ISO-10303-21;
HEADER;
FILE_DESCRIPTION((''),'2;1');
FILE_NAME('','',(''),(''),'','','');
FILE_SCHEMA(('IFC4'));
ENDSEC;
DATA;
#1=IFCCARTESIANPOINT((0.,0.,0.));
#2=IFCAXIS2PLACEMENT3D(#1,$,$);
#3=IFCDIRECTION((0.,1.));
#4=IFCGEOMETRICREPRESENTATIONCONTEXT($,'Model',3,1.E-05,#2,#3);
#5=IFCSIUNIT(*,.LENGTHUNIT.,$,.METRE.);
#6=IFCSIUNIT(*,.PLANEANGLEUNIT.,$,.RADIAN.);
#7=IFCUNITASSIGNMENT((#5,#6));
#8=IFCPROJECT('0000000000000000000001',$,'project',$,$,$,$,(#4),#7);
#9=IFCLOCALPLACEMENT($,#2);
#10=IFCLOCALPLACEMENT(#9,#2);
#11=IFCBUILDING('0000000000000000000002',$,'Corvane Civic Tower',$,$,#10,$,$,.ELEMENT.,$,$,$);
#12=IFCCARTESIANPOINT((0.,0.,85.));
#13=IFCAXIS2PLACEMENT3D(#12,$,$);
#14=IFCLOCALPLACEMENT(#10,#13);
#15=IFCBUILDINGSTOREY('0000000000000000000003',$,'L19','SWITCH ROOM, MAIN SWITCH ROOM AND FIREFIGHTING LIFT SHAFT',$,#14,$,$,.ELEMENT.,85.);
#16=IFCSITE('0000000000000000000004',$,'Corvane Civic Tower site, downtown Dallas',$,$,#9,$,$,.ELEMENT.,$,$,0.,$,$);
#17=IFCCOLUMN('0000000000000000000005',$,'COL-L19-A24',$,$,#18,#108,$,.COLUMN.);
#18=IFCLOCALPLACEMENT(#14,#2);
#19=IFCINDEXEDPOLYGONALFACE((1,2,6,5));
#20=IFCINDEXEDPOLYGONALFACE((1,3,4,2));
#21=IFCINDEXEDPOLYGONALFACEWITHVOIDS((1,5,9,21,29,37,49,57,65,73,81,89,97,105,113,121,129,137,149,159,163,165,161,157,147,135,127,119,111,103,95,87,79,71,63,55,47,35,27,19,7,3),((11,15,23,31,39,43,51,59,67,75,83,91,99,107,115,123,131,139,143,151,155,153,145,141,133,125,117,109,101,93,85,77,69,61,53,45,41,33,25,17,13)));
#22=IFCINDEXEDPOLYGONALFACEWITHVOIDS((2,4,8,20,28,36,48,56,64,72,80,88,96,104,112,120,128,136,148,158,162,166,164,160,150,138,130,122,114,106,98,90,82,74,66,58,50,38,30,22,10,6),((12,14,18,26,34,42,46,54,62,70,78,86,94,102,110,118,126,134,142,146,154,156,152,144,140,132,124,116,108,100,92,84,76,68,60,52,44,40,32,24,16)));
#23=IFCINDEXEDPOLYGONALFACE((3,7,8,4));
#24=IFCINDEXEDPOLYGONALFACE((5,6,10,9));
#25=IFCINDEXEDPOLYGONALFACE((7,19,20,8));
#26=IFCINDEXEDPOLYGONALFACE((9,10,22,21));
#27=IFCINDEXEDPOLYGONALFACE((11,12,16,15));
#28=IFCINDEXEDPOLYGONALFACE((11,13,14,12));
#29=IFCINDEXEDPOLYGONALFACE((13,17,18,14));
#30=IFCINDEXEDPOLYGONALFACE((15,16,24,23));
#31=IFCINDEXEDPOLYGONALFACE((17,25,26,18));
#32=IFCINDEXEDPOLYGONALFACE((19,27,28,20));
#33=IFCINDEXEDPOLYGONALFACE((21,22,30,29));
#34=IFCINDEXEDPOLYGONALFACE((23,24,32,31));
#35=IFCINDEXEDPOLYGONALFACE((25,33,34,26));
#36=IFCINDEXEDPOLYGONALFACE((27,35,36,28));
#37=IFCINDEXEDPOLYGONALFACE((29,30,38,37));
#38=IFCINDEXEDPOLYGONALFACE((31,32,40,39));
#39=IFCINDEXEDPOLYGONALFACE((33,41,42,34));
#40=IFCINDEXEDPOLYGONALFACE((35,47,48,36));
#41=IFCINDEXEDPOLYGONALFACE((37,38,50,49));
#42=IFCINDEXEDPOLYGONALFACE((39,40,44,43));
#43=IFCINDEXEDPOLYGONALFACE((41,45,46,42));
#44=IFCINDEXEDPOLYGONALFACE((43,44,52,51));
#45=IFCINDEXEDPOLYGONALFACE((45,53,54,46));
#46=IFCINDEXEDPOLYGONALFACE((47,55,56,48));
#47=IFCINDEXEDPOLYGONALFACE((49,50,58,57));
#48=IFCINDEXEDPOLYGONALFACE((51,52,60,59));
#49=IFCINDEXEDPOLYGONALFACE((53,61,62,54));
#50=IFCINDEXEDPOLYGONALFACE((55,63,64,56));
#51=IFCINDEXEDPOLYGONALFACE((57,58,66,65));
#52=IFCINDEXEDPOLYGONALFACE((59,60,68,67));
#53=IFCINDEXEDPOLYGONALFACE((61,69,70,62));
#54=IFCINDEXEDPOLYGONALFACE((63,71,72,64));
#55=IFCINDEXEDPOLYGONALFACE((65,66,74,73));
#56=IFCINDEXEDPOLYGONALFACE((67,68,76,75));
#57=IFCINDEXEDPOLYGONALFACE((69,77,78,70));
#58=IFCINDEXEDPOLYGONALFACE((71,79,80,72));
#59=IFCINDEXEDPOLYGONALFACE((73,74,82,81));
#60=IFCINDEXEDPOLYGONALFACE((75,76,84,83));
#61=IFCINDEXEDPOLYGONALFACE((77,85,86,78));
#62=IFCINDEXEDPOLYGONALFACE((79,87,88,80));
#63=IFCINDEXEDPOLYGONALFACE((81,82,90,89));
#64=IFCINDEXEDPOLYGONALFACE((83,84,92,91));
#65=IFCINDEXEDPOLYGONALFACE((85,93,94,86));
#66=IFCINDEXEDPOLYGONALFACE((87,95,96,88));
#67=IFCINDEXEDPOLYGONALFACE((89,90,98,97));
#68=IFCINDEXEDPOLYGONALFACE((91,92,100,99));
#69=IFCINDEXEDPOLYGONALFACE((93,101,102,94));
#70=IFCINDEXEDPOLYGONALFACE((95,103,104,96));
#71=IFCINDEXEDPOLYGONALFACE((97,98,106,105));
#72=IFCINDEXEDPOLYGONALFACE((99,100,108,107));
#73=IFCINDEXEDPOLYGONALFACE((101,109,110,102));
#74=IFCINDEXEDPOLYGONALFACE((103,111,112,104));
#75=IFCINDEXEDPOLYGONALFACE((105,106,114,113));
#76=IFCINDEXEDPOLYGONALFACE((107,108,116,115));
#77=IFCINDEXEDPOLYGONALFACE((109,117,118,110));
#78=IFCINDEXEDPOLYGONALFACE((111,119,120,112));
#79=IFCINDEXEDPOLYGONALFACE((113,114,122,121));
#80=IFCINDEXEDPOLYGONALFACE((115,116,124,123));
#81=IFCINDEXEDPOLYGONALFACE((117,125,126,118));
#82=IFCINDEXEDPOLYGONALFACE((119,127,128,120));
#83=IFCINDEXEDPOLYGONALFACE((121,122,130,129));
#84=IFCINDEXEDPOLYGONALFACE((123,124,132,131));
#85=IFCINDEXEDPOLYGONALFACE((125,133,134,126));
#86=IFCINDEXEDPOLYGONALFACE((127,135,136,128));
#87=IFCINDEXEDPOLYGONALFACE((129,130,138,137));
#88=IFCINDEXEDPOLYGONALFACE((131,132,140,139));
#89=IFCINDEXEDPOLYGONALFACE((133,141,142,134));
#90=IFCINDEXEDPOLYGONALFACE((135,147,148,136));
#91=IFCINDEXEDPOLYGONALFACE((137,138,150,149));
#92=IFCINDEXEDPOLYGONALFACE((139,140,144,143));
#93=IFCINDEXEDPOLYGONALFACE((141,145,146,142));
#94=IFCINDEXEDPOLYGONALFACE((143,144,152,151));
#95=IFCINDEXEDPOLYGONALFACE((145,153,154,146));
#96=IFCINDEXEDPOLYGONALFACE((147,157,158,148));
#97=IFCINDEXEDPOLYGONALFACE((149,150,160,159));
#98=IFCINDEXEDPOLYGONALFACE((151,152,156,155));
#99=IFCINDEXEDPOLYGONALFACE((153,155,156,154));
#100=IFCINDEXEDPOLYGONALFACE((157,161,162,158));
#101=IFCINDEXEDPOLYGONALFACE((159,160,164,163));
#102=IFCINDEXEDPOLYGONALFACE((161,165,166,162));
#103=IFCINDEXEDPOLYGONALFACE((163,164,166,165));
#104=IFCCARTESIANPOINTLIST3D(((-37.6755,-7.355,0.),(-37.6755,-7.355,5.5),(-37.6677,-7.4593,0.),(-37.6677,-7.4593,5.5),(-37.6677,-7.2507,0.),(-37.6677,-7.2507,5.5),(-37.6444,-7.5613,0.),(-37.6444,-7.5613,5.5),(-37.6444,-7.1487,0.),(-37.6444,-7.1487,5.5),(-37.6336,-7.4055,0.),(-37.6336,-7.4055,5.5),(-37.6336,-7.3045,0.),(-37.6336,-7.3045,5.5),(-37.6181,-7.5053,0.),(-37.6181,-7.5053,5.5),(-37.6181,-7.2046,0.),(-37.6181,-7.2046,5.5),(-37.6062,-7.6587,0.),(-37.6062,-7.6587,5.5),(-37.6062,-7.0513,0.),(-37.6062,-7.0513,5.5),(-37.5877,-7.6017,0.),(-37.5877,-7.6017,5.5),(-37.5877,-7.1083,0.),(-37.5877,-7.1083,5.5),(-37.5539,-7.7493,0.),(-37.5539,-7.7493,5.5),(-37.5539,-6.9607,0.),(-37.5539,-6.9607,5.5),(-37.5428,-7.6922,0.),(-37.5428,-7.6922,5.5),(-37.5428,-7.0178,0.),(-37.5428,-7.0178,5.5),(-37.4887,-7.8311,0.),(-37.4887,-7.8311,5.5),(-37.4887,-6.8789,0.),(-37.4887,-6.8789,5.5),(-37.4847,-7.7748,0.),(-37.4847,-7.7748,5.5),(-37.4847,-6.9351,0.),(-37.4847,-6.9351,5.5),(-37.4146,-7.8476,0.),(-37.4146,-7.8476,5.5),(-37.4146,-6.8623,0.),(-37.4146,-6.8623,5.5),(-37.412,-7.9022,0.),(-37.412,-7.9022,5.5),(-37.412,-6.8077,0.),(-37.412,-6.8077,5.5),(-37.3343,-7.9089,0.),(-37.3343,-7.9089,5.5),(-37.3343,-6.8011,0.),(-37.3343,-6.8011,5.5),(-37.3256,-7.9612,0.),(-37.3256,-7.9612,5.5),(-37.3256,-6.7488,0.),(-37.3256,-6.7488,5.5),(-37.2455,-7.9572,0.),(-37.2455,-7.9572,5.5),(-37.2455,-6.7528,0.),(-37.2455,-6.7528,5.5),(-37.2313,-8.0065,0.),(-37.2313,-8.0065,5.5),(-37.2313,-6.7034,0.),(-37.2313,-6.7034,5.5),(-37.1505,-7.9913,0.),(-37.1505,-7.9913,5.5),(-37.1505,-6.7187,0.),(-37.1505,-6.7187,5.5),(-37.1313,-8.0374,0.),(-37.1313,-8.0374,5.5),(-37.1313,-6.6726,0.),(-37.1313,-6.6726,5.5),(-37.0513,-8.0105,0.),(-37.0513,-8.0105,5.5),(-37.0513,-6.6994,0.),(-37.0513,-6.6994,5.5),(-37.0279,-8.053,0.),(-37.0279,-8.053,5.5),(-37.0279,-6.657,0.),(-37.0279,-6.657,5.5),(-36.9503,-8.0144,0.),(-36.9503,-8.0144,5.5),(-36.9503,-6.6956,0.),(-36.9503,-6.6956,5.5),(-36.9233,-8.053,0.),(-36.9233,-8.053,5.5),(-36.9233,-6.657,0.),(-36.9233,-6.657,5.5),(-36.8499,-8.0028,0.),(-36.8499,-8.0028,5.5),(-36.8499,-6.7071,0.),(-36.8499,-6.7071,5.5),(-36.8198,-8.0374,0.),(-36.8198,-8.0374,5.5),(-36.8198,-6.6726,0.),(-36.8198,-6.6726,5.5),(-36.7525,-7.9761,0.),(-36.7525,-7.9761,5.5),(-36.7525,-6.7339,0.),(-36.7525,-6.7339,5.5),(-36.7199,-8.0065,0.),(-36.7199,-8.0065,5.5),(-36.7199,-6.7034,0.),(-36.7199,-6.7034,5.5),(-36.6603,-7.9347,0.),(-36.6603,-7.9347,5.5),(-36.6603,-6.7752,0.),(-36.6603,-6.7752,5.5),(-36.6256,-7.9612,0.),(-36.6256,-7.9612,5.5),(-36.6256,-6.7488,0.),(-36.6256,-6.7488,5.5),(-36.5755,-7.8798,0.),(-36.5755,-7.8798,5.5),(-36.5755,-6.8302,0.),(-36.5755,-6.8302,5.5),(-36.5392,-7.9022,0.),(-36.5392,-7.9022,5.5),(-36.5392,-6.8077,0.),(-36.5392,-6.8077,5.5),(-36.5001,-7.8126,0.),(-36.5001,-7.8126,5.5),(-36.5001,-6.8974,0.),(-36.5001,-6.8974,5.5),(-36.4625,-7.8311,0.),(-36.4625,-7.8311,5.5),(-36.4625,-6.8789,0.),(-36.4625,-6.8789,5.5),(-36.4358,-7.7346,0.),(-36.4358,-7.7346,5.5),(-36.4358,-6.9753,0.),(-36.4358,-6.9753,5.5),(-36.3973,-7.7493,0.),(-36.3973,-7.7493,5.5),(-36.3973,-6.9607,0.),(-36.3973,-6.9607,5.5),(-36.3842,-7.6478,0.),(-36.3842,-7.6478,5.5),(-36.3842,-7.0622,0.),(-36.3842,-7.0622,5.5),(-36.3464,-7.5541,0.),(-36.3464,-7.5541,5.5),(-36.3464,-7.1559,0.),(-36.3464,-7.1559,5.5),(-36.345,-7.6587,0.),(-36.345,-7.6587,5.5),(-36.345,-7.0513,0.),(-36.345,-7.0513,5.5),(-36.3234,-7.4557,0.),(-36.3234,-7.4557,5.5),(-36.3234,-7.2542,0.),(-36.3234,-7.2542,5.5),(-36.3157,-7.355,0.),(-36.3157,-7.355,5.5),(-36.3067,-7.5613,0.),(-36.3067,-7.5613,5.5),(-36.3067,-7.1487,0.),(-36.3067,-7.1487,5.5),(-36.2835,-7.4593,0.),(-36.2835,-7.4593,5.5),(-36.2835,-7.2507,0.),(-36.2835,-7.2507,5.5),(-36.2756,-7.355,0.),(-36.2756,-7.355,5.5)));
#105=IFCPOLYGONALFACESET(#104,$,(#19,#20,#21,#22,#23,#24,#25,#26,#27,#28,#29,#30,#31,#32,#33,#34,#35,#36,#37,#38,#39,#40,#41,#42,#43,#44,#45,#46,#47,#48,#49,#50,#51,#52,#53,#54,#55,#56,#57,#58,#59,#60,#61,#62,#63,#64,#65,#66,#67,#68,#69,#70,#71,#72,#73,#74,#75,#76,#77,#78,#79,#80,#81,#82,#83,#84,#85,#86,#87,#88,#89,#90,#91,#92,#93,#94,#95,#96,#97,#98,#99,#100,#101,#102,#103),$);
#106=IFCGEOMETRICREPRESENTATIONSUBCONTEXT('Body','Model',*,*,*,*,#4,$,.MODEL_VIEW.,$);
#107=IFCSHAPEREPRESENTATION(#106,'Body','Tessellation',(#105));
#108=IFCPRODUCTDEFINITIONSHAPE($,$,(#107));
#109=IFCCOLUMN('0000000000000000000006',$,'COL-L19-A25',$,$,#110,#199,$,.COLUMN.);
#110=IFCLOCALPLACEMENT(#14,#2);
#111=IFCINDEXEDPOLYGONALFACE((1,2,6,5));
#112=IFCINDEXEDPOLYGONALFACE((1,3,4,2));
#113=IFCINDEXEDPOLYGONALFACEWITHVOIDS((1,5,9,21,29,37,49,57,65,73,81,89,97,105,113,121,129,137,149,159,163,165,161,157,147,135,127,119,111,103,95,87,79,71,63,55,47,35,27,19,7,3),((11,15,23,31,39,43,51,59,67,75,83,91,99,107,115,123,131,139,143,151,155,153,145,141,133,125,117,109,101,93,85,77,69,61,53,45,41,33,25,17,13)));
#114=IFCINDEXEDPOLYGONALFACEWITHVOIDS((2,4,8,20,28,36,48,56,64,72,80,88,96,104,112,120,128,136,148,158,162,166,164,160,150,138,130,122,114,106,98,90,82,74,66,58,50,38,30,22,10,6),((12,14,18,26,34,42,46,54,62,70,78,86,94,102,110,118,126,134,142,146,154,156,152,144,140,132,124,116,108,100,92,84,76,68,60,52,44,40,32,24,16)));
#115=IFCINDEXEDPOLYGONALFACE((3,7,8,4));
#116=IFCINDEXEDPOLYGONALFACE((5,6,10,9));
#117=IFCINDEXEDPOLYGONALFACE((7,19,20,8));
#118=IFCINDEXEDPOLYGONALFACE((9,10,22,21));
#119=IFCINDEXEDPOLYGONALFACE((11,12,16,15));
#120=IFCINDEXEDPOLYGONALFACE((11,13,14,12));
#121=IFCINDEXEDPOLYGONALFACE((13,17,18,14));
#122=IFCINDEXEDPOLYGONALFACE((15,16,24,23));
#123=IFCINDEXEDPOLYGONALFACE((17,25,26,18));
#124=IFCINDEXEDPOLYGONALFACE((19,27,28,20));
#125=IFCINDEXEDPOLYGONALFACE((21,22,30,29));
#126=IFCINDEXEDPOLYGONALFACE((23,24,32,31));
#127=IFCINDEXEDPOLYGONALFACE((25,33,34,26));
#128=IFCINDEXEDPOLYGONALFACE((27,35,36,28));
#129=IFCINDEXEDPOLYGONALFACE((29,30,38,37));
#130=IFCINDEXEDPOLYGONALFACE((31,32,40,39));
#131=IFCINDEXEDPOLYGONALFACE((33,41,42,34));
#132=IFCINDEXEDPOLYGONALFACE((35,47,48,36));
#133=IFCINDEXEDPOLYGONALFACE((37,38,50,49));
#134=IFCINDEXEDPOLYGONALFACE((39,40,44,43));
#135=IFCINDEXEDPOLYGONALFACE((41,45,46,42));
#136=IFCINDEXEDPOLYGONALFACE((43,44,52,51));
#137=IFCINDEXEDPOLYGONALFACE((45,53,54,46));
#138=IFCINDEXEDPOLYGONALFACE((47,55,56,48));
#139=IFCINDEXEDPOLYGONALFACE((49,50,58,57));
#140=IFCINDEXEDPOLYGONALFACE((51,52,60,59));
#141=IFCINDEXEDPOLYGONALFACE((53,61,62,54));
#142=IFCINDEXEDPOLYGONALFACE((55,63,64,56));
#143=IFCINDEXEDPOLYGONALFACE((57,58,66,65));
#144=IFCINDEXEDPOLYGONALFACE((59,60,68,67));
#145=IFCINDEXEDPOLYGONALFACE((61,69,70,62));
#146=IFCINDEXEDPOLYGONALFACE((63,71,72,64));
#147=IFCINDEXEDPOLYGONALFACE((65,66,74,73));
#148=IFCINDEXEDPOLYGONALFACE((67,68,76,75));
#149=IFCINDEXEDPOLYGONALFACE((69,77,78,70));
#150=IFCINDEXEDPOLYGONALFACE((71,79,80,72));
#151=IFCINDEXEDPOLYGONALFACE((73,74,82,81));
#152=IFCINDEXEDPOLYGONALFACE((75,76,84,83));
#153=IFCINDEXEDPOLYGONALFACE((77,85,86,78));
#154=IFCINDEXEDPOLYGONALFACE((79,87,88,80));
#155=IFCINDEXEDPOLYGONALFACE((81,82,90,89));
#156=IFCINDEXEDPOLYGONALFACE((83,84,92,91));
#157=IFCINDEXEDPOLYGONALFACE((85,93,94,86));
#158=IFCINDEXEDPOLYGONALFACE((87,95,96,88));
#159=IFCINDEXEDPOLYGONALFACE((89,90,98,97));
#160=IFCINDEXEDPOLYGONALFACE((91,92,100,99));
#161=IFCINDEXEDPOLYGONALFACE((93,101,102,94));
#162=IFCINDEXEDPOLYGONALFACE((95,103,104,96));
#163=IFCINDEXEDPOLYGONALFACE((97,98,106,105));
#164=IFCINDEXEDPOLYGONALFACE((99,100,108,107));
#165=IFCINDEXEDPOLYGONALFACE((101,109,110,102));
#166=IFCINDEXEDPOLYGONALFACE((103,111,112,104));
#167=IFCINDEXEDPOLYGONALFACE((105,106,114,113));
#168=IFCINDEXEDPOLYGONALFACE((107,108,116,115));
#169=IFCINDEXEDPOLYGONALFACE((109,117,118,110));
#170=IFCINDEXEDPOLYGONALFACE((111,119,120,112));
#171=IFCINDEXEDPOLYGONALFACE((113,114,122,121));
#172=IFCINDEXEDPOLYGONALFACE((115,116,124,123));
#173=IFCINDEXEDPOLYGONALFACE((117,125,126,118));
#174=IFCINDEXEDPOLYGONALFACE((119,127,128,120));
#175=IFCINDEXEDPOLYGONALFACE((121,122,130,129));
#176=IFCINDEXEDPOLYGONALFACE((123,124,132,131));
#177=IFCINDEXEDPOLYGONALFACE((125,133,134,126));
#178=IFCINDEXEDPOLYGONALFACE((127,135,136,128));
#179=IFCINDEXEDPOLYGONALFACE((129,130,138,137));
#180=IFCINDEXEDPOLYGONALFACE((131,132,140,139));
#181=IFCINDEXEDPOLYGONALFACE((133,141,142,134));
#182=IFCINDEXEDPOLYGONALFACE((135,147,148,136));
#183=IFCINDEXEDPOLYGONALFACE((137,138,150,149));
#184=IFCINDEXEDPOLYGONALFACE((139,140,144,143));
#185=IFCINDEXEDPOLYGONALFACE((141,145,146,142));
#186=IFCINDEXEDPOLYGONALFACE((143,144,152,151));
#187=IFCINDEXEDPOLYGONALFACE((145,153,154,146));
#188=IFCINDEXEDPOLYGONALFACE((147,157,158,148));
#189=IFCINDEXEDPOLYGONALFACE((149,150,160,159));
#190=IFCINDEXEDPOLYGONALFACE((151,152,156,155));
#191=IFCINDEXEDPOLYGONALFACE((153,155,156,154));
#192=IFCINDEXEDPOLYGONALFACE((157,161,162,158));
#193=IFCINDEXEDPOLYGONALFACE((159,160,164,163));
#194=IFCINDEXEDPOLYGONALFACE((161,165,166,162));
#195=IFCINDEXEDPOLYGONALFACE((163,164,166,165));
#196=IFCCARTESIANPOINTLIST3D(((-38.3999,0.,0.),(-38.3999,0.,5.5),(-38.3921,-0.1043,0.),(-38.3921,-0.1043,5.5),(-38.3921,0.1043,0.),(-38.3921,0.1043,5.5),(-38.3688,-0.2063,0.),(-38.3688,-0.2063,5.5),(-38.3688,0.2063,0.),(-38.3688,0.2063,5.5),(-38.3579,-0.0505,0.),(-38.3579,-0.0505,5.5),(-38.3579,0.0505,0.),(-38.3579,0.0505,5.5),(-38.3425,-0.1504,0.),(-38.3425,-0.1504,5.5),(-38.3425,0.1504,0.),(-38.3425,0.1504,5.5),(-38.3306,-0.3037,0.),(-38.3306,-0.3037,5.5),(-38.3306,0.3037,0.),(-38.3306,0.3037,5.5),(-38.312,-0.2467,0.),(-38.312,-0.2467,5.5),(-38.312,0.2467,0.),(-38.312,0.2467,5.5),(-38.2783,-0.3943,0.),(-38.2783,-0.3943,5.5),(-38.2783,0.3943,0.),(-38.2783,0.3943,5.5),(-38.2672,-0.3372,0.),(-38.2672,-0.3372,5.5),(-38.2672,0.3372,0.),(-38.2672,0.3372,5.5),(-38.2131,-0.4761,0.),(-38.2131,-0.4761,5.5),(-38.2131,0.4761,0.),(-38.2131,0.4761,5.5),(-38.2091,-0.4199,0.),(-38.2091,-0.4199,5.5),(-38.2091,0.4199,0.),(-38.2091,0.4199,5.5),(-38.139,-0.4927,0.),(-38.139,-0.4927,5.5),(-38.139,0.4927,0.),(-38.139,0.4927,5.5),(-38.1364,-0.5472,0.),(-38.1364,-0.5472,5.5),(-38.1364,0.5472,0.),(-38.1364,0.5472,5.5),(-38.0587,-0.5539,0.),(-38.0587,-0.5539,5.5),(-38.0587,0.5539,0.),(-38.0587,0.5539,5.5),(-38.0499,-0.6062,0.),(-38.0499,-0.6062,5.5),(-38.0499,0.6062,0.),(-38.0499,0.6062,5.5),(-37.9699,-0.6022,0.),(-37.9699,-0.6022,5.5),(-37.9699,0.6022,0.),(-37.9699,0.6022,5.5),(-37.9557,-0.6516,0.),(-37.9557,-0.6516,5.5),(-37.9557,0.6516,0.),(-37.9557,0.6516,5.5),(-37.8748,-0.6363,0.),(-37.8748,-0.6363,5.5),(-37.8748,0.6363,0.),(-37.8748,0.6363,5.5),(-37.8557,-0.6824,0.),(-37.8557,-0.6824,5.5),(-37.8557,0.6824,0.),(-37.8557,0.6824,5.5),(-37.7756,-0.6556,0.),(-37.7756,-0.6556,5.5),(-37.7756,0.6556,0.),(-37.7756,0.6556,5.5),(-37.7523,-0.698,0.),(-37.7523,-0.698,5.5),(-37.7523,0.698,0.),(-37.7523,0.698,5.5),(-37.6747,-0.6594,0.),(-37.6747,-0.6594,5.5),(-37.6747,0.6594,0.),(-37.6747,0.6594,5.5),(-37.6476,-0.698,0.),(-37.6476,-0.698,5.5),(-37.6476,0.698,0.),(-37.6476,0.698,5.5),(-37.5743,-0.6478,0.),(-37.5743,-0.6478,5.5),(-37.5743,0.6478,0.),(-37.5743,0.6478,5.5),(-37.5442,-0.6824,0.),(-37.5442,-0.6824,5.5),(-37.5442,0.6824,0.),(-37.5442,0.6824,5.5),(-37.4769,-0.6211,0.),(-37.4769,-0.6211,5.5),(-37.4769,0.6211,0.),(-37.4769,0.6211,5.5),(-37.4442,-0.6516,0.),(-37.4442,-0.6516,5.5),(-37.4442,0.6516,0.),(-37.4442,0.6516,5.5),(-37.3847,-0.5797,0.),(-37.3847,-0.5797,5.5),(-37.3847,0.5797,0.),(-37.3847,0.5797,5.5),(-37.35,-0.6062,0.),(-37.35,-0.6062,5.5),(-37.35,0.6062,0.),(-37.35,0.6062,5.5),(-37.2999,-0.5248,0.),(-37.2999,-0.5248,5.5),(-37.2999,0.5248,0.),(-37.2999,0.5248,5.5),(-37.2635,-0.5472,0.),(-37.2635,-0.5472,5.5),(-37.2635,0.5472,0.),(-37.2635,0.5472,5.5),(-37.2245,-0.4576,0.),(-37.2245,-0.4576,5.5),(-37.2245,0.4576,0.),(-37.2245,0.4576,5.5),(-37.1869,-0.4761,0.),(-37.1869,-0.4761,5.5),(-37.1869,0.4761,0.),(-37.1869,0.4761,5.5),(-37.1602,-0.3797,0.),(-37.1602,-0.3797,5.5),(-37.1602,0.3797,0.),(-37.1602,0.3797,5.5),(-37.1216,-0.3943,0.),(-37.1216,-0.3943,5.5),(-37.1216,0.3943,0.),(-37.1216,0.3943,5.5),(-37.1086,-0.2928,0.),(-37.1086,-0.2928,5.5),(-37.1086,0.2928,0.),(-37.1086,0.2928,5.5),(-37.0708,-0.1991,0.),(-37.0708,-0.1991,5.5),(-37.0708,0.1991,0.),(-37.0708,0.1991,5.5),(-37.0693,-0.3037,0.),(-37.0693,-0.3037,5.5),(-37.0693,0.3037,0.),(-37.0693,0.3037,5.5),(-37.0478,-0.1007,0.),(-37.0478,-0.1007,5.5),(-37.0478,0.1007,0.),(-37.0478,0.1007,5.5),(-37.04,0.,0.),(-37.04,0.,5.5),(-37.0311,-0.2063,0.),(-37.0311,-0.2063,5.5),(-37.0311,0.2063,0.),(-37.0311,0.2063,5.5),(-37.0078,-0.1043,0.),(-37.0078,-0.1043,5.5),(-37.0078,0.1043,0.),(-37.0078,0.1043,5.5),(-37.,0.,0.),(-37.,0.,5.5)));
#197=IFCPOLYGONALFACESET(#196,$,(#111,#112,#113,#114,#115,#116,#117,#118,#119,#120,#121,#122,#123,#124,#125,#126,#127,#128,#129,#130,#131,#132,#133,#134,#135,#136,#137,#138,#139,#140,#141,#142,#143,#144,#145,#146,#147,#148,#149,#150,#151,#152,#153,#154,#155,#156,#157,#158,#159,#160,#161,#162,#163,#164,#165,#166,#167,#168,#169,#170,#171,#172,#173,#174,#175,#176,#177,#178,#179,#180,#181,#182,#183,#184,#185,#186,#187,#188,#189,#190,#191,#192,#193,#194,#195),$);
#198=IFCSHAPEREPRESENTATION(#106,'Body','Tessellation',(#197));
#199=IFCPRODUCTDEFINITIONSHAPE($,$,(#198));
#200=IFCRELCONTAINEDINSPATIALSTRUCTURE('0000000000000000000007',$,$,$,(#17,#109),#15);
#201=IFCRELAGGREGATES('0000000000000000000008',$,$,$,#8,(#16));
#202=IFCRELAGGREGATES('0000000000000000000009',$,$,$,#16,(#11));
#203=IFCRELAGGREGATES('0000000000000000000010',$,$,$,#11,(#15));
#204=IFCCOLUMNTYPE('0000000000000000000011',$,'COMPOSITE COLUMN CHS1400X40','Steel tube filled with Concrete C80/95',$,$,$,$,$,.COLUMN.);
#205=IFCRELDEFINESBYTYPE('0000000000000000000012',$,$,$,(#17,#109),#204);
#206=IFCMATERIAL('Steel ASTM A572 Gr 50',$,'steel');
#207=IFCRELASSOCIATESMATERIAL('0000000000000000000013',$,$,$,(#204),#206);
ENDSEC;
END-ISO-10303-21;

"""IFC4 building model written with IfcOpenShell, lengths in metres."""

from ifc_helpers import new_model, si_unit, direction, frame, origin, origin_2d, place, context, subcontext, project, spatial, hollow_circle, extrude, material, material_profile, profile_set, type_object, element, save


model = new_model("IFC4")

# Units and contexts
model_context = context("Model", 3, precision=1e-05, world=origin(), true_north=direction((0.0, 1.0)))
body_context = subcontext(model_context, "Body", "Model", "MODEL_VIEW")
ifc_project = project(units=[si_unit("LENGTHUNIT", "METRE"), si_unit("PLANEANGLEUNIT", "RADIAN")], contexts=[model_context])

# Site, building, storey
site_placement = place(None, origin())
site = spatial("IfcSite", under=ifc_project, at=site_placement, Name="Corvane Civic Tower site, downtown Dallas", CompositionType="ELEMENT", RefElevation=0.0)
building_placement = place(site_placement, origin())
building = spatial("IfcBuilding", under=site, at=building_placement, Name="Corvane Civic Tower", CompositionType="ELEMENT")
storey_placement = place(building_placement, frame((0.0, 0.0, 85.0)))
storey = spatial("IfcBuildingStorey", under=building, at=storey_placement, Name="L19", Description="SWITCH ROOM, MAIN SWITCH ROOM AND FIREFIGHTING LIFT SHAFT", CompositionType="ELEMENT", Elevation=85.0)

# Columns
ifc_material_1 = material(Name="Steel ASTM A572 Gr 50", Category="steel")
ifc_material_profile_1 = material_profile(ifc_material_1, hollow_circle(Radius=0.7, WallThickness=0.04, at=origin_2d()), Name="CHS1400X40")
ifc_profile_set_1 = profile_set([ifc_material_profile_1], Name="Steel ASTM A572 Gr 50")
column_type_1 = type_object("IfcColumnType", Name="COMPOSITE COLUMN CHS1400X40", Description="Steel tube filled with Concrete C80/95", PredefinedType="COLUMN", material=ifc_profile_set_1)
for number, where, z_axis, x_axis, name in (
    (1, (-36.9756, -7.355, 0.0), (0.0, 0.0, 1.0), (1.0, 0.0, 0.0), "COL-L19-A24"),
    (2, (-37.7, 0.0, 0.0), (0.0, 0.0, 1.0), (1.0, 0.0, 0.0), "COL-L19-A25"),
):
    element("IfcColumn", number, at=place(storey_placement, frame(where, z_axis=z_axis, x_axis=x_axis)), inside=storey, type_object=column_type_1, Name=name, PredefinedType="COLUMN", context=body_context, shape_type="SweptSolid", body=[
        extrude(hollow_circle(Radius=0.7, WallThickness=0.04, at=origin_2d()), origin(), (0.0, 0.0, 1.0), 5.5),
    ])

save(model, "model.ifc")
